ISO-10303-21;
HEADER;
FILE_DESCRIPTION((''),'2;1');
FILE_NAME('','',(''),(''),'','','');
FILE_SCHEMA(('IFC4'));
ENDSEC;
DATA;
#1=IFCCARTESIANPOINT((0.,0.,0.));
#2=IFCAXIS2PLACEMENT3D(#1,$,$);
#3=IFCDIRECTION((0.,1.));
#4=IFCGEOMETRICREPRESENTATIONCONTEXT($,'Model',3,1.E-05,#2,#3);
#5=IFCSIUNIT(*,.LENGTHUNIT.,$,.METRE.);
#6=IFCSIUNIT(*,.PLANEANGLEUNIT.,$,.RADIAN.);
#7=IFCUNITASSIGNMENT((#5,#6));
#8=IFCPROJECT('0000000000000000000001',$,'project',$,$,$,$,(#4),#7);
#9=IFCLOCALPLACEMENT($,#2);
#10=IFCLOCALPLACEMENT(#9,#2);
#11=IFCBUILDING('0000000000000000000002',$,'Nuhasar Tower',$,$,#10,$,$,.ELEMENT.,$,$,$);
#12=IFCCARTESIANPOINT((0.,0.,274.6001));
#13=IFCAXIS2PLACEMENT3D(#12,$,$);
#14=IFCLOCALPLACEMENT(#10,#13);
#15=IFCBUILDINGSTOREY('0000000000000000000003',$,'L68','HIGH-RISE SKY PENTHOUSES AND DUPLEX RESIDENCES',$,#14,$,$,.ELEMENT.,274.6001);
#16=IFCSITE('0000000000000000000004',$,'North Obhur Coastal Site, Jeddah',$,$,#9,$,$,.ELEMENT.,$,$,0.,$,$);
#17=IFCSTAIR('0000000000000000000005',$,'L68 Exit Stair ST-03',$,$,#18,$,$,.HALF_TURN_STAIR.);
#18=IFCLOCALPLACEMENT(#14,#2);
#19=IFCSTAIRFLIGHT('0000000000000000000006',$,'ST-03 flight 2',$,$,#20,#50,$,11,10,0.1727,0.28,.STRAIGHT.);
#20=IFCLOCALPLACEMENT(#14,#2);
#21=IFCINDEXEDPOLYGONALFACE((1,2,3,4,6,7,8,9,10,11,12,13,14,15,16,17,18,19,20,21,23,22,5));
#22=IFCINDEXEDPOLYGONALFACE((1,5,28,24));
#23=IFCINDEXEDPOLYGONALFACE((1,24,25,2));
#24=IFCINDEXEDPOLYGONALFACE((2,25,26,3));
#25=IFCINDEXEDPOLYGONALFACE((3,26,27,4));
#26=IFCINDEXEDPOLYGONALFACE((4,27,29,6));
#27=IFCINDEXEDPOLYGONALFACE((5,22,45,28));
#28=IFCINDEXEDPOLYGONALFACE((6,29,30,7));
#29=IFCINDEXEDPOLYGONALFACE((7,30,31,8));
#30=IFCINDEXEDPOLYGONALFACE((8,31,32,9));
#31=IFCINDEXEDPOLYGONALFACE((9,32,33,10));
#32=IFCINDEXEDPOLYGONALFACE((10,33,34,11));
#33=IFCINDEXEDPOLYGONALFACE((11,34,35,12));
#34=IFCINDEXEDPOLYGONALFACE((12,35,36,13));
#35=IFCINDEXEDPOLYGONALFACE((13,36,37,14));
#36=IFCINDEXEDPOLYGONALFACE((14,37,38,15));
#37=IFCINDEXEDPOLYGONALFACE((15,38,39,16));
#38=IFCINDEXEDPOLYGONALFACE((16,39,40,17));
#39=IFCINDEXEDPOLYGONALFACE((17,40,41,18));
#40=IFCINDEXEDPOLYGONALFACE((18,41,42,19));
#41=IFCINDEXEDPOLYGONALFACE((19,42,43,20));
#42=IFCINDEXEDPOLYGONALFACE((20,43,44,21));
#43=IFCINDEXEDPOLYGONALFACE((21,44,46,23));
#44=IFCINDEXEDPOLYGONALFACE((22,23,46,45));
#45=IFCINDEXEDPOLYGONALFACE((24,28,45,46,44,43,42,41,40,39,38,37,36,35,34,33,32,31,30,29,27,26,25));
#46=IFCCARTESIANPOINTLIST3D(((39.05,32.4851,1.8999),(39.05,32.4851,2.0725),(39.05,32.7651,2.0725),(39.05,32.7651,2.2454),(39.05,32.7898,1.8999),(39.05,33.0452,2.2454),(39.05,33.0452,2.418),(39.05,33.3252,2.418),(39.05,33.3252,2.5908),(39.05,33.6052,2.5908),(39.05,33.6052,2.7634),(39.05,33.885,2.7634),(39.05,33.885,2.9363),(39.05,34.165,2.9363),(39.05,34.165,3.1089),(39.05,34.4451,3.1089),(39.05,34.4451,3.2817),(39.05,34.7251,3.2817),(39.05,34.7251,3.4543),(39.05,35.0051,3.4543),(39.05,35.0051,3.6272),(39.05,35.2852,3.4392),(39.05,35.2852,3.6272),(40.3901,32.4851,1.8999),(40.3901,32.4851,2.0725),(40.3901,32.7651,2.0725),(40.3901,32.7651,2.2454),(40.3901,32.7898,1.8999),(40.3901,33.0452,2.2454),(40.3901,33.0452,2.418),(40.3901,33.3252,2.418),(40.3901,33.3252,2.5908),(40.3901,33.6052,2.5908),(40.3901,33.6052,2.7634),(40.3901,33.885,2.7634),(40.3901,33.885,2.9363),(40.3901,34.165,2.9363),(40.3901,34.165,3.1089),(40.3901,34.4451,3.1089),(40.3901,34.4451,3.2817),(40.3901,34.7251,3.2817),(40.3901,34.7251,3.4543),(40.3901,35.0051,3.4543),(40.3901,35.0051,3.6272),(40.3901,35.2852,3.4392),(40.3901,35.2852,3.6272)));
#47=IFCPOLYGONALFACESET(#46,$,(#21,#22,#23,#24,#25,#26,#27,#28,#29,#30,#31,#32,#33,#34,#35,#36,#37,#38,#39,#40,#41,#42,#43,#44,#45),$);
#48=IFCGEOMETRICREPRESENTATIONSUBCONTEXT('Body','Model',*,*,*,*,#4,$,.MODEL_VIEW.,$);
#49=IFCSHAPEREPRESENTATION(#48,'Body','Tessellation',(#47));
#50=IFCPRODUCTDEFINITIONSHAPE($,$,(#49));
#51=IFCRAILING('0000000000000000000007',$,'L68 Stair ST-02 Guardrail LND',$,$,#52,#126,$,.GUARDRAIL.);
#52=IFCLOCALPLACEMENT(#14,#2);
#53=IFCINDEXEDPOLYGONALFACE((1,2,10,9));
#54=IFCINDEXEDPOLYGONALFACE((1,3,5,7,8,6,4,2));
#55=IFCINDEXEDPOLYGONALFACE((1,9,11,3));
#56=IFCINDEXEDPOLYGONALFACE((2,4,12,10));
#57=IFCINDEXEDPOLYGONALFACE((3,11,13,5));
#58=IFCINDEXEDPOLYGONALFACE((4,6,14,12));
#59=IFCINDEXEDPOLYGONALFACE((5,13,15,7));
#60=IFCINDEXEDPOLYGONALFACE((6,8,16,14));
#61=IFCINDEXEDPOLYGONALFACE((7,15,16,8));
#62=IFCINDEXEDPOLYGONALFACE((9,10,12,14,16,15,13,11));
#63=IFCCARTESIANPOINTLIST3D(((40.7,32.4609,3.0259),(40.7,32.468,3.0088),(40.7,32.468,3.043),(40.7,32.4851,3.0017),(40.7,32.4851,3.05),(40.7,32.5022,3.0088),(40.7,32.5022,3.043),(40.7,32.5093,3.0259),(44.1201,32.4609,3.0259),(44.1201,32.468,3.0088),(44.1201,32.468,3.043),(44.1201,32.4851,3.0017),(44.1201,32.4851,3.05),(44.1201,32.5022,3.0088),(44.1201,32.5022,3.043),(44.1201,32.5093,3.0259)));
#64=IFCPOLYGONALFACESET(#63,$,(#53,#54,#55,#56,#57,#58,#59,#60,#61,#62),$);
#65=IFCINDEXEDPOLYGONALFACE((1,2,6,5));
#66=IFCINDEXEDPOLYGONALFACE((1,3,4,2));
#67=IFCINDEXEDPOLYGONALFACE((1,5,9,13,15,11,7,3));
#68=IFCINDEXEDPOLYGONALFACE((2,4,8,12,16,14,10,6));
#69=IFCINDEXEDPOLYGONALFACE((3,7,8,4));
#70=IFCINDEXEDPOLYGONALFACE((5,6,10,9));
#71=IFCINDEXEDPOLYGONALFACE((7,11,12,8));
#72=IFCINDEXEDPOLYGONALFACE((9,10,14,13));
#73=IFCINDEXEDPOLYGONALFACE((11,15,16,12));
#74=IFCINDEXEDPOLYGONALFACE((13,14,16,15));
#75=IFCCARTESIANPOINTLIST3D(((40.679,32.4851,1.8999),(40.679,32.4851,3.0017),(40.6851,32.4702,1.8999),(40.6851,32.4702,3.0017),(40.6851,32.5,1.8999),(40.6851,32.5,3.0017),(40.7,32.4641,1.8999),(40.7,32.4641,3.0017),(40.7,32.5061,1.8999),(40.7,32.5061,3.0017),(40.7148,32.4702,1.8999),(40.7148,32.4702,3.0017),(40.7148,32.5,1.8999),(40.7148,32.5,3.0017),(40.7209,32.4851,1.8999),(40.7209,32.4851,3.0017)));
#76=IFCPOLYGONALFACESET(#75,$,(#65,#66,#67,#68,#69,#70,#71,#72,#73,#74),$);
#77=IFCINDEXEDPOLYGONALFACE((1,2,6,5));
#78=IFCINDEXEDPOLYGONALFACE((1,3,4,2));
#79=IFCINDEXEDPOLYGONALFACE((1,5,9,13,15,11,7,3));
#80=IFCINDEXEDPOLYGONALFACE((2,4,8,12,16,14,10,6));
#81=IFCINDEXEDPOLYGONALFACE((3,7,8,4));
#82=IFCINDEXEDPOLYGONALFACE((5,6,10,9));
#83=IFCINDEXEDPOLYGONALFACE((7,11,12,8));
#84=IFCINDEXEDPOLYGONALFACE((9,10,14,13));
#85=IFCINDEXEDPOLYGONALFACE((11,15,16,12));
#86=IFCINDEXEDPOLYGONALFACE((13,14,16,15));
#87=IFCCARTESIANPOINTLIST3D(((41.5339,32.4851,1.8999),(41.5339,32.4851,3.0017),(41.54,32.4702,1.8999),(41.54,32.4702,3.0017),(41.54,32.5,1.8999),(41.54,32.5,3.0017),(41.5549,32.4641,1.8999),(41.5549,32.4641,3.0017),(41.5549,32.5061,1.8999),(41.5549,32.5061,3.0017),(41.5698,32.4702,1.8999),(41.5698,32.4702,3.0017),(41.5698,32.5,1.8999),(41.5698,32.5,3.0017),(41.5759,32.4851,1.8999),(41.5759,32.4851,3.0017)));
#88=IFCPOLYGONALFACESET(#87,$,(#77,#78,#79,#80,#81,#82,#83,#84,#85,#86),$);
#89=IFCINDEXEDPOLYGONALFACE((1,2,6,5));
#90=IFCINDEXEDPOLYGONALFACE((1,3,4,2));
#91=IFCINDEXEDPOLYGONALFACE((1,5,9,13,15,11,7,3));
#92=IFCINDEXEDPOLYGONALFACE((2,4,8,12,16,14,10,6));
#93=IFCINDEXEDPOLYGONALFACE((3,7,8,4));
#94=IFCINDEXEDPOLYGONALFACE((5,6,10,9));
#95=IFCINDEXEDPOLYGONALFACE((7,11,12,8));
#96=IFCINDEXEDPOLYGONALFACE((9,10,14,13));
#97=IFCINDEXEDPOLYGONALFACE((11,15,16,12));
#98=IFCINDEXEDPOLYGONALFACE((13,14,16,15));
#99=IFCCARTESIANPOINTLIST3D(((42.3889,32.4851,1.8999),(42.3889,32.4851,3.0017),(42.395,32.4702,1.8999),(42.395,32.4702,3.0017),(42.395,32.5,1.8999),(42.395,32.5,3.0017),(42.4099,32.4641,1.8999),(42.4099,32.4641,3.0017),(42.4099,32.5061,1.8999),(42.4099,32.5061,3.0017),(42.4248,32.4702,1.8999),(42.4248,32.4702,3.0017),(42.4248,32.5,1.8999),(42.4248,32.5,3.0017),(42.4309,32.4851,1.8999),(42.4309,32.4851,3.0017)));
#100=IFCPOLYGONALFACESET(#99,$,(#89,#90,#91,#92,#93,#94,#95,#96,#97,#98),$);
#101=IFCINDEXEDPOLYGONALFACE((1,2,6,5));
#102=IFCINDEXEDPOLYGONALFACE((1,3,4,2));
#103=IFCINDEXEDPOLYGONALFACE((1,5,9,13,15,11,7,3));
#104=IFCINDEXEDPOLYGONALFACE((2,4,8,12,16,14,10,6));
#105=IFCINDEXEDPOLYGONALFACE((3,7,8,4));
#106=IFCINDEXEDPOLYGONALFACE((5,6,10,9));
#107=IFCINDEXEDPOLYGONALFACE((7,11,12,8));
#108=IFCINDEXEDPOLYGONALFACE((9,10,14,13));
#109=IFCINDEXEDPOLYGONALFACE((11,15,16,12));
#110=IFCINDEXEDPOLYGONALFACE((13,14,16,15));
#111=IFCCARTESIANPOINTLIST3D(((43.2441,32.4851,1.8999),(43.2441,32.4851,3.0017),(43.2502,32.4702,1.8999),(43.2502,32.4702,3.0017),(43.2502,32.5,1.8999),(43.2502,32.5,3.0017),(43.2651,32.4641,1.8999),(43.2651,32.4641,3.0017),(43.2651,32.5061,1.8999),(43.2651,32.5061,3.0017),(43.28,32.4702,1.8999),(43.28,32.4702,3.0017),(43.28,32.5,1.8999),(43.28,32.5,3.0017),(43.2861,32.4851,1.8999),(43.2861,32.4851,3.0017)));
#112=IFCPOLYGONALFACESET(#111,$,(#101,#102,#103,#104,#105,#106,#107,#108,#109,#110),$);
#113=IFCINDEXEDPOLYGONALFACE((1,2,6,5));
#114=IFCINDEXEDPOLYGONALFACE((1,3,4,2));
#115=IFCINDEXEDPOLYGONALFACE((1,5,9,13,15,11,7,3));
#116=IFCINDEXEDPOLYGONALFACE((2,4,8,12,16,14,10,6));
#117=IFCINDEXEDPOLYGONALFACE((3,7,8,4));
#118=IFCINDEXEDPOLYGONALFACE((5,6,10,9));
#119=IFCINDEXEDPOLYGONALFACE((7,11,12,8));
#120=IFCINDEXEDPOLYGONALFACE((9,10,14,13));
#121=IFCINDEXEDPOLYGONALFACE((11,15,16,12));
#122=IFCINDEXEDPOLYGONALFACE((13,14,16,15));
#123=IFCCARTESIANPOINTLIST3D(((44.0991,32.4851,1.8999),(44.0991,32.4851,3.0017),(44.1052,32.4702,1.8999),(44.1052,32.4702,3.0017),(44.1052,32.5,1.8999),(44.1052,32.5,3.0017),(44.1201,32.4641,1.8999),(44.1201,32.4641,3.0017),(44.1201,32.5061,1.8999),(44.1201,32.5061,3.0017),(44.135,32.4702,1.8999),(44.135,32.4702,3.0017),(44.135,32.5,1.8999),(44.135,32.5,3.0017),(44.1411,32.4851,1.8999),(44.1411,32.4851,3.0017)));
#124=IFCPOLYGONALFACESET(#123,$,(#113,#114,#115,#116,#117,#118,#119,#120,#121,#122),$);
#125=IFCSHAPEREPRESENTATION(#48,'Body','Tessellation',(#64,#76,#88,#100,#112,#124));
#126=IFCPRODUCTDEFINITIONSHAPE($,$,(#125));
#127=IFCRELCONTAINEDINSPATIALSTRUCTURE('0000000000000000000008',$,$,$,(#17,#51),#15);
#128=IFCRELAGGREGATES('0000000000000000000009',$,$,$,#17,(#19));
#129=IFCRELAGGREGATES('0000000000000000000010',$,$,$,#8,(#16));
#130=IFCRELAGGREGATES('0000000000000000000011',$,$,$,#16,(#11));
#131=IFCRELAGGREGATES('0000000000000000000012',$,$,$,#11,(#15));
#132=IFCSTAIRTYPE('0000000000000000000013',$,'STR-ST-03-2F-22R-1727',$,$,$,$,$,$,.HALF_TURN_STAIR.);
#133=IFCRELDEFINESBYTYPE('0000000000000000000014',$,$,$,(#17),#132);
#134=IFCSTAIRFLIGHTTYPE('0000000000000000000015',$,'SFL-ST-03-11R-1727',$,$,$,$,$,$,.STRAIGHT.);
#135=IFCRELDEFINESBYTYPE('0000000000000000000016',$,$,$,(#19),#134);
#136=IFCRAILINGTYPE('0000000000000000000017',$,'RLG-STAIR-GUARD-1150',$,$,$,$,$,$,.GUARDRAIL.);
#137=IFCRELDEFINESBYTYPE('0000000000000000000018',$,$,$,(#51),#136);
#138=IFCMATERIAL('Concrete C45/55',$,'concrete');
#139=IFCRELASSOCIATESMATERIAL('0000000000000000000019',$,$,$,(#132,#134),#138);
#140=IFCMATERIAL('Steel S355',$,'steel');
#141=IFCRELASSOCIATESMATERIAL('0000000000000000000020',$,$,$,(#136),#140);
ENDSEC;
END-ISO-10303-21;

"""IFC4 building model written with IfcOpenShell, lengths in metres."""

from ifc_helpers import new_model, si_unit, direction, frame, origin, place, context, subcontext, project, spatial, polyline, outline, extrude, material, type_object, element, aggregate, save


model = new_model("IFC4")

# Units and contexts
model_context = context("Model", 3, precision=1e-05, world=origin(), true_north=direction((0.0, 1.0)))
body_context = subcontext(model_context, "Body", "Model", "MODEL_VIEW")
ifc_project = project(units=[si_unit("LENGTHUNIT", "METRE"), si_unit("PLANEANGLEUNIT", "RADIAN")], contexts=[model_context])

# Site, building, storey
site_placement = place(None, origin())
site = spatial("IfcSite", under=ifc_project, at=site_placement, Name="North Obhur Coastal Site, Jeddah", CompositionType="ELEMENT", RefElevation=0.0)
building_placement = place(site_placement, origin())
building = spatial("IfcBuilding", under=site, at=building_placement, Name="Nuhasar Tower", CompositionType="ELEMENT")
storey_placement = place(building_placement, frame((0.0, 0.0, 274.6001)))
storey = spatial("IfcBuildingStorey", under=building, at=storey_placement, Name="L68", Description="HIGH-RISE SKY PENTHOUSES AND DUPLEX RESIDENCES", CompositionType="ELEMENT", Elevation=274.6001)

# Shared definitions
ifc_material_1 = material(Name="Steel S355", Category="steel")

# Shared definitions
ifc_material_2 = material(Name="Concrete C45/55", Category="concrete")

# Stair, stair flight
stair_type_1 = type_object("IfcStairType", Name="STR-ST-03-2F-22R-1727", PredefinedType="HALF_TURN_STAIR", material=ifc_material_2)
stair_1_placement = place(storey_placement, origin())
stair_1 = element("IfcStair", 1, at=stair_1_placement, inside=storey, type_object=stair_type_1, Name="L68 Exit Stair ST-03", PredefinedType="HALF_TURN_STAIR")
stair_flight_type_1 = type_object("IfcStairFlightType", Name="SFL-ST-03-11R-1727", PredefinedType="STRAIGHT", material=ifc_material_2)
stair_flight_1_placement = place(storey_placement, frame((39.72, 32.4851, 1.8999), z_axis=(0.0, 0.0, 1.0), x_axis=(0.0, 1.0, 0.0)))
stair_flight_1 = element("IfcStairFlight", 2, at=stair_flight_1_placement, type_object=stair_flight_type_1, Name="ST-03 flight 2", NumberOfRisers=11, NumberOfTreads=10, PredefinedType="STRAIGHT", RiserHeight=0.1727, TreadLength=0.28, context=body_context, shape_type="SweptSolid", body=[
    extrude(outline(polyline([(0.0, 0.0), (0.0, 0.1726), (0.28, 0.1726), (0.28, 0.3455), (0.5601, 0.3455), (0.5601, 0.5181), (0.8401, 0.5181), (0.8401, 0.6909), (1.1201, 0.6909), (1.1201, 0.8635), (1.3999, 0.8635), (1.3999, 1.0364), (1.6799, 1.0364), (1.6799, 1.209), (1.96, 1.209), (1.96, 1.3818), (2.24, 1.3818), (2.24, 1.5544), (2.52, 1.5544), (2.52, 1.7273), (2.8, 1.7273), (2.8, 1.8999), (2.8, 1.5393), (0.3047, 0.0), (0.0, 0.0)])), frame((0.0, 0.6699, 0.0), z_axis=(0.0, -1.0, 0.0), x_axis=(1.0, 0.0, 0.0)), (0.0, 0.0, 1.0), 1.3401),
])
aggregate(stair_1, [stair_flight_1])

# Railing
railing_type_1 = type_object("IfcRailingType", Name="RLG-STAIR-GUARD-1150", PredefinedType="GUARDRAIL", material=ifc_material_1)
railing_1_placement = place(storey_placement, frame((40.7, 32.4851, 1.8999)))
element("IfcRailing", 3, at=railing_1_placement, inside=storey, type_object=railing_type_1, Name="L68 Stair ST-02 Guardrail LND", PredefinedType="GUARDRAIL", context=body_context, shape_type="SweptSolid", body=[
    extrude(outline(polyline([(0.0242, 0.0), (0.0171, 0.0171), (0.0, 0.0242), (-0.0171, 0.0171), (-0.0242, 0.0), (-0.0171, -0.0171), (0.0, -0.0242), (0.0171, -0.0171), (0.0242, 0.0)])), frame((0.0, 0.0, 1.126), z_axis=(1.0, 0.0, 0.0), x_axis=(0.0, 1.0, 0.0)), (0.0, 0.0, 1.0), 3.4202),
    extrude(outline(polyline([(0.021, 0.0), (0.0149, 0.0149), (0.0, 0.021), (-0.0149, 0.0149), (-0.021, 0.0), (-0.0149, -0.0149), (0.0, -0.021), (0.0149, -0.0149), (0.021, 0.0)])), origin(), (0.0, 0.0, 1.0), 1.1018),
    extrude(outline(polyline([(0.021, 0.0), (0.0149, 0.0149), (0.0, 0.021), (-0.0149, 0.0149), (-0.021, 0.0), (-0.0149, -0.0149), (0.0, -0.021), (0.0149, -0.0149), (0.021, 0.0)])), frame((0.855, 0.0, 0.0)), (0.0, 0.0, 1.0), 1.1018),
    extrude(outline(polyline([(0.021, 0.0), (0.0149, 0.0149), (0.0, 0.021), (-0.0149, 0.0149), (-0.021, 0.0), (-0.0149, -0.0149), (0.0, -0.021), (0.0149, -0.0149), (0.021, 0.0)])), frame((1.71, 0.0, 0.0)), (0.0, 0.0, 1.0), 1.1018),
    extrude(outline(polyline([(0.021, 0.0), (0.0149, 0.0149), (0.0, 0.021), (-0.0149, 0.0149), (-0.021, 0.0), (-0.0149, -0.0149), (0.0, -0.021), (0.0149, -0.0149), (0.021, 0.0)])), frame((2.5652, 0.0, 0.0)), (0.0, 0.0, 1.0), 1.1018),
    extrude(outline(polyline([(0.021, 0.0), (0.0149, 0.0149), (0.0, 0.021), (-0.0149, 0.0149), (-0.021, 0.0), (-0.0149, -0.0149), (0.0, -0.021), (0.0149, -0.0149), (0.021, 0.0)])), frame((3.4202, 0.0, 0.0)), (0.0, 0.0, 1.0), 1.1018),
])

save(model, "model.ifc")
